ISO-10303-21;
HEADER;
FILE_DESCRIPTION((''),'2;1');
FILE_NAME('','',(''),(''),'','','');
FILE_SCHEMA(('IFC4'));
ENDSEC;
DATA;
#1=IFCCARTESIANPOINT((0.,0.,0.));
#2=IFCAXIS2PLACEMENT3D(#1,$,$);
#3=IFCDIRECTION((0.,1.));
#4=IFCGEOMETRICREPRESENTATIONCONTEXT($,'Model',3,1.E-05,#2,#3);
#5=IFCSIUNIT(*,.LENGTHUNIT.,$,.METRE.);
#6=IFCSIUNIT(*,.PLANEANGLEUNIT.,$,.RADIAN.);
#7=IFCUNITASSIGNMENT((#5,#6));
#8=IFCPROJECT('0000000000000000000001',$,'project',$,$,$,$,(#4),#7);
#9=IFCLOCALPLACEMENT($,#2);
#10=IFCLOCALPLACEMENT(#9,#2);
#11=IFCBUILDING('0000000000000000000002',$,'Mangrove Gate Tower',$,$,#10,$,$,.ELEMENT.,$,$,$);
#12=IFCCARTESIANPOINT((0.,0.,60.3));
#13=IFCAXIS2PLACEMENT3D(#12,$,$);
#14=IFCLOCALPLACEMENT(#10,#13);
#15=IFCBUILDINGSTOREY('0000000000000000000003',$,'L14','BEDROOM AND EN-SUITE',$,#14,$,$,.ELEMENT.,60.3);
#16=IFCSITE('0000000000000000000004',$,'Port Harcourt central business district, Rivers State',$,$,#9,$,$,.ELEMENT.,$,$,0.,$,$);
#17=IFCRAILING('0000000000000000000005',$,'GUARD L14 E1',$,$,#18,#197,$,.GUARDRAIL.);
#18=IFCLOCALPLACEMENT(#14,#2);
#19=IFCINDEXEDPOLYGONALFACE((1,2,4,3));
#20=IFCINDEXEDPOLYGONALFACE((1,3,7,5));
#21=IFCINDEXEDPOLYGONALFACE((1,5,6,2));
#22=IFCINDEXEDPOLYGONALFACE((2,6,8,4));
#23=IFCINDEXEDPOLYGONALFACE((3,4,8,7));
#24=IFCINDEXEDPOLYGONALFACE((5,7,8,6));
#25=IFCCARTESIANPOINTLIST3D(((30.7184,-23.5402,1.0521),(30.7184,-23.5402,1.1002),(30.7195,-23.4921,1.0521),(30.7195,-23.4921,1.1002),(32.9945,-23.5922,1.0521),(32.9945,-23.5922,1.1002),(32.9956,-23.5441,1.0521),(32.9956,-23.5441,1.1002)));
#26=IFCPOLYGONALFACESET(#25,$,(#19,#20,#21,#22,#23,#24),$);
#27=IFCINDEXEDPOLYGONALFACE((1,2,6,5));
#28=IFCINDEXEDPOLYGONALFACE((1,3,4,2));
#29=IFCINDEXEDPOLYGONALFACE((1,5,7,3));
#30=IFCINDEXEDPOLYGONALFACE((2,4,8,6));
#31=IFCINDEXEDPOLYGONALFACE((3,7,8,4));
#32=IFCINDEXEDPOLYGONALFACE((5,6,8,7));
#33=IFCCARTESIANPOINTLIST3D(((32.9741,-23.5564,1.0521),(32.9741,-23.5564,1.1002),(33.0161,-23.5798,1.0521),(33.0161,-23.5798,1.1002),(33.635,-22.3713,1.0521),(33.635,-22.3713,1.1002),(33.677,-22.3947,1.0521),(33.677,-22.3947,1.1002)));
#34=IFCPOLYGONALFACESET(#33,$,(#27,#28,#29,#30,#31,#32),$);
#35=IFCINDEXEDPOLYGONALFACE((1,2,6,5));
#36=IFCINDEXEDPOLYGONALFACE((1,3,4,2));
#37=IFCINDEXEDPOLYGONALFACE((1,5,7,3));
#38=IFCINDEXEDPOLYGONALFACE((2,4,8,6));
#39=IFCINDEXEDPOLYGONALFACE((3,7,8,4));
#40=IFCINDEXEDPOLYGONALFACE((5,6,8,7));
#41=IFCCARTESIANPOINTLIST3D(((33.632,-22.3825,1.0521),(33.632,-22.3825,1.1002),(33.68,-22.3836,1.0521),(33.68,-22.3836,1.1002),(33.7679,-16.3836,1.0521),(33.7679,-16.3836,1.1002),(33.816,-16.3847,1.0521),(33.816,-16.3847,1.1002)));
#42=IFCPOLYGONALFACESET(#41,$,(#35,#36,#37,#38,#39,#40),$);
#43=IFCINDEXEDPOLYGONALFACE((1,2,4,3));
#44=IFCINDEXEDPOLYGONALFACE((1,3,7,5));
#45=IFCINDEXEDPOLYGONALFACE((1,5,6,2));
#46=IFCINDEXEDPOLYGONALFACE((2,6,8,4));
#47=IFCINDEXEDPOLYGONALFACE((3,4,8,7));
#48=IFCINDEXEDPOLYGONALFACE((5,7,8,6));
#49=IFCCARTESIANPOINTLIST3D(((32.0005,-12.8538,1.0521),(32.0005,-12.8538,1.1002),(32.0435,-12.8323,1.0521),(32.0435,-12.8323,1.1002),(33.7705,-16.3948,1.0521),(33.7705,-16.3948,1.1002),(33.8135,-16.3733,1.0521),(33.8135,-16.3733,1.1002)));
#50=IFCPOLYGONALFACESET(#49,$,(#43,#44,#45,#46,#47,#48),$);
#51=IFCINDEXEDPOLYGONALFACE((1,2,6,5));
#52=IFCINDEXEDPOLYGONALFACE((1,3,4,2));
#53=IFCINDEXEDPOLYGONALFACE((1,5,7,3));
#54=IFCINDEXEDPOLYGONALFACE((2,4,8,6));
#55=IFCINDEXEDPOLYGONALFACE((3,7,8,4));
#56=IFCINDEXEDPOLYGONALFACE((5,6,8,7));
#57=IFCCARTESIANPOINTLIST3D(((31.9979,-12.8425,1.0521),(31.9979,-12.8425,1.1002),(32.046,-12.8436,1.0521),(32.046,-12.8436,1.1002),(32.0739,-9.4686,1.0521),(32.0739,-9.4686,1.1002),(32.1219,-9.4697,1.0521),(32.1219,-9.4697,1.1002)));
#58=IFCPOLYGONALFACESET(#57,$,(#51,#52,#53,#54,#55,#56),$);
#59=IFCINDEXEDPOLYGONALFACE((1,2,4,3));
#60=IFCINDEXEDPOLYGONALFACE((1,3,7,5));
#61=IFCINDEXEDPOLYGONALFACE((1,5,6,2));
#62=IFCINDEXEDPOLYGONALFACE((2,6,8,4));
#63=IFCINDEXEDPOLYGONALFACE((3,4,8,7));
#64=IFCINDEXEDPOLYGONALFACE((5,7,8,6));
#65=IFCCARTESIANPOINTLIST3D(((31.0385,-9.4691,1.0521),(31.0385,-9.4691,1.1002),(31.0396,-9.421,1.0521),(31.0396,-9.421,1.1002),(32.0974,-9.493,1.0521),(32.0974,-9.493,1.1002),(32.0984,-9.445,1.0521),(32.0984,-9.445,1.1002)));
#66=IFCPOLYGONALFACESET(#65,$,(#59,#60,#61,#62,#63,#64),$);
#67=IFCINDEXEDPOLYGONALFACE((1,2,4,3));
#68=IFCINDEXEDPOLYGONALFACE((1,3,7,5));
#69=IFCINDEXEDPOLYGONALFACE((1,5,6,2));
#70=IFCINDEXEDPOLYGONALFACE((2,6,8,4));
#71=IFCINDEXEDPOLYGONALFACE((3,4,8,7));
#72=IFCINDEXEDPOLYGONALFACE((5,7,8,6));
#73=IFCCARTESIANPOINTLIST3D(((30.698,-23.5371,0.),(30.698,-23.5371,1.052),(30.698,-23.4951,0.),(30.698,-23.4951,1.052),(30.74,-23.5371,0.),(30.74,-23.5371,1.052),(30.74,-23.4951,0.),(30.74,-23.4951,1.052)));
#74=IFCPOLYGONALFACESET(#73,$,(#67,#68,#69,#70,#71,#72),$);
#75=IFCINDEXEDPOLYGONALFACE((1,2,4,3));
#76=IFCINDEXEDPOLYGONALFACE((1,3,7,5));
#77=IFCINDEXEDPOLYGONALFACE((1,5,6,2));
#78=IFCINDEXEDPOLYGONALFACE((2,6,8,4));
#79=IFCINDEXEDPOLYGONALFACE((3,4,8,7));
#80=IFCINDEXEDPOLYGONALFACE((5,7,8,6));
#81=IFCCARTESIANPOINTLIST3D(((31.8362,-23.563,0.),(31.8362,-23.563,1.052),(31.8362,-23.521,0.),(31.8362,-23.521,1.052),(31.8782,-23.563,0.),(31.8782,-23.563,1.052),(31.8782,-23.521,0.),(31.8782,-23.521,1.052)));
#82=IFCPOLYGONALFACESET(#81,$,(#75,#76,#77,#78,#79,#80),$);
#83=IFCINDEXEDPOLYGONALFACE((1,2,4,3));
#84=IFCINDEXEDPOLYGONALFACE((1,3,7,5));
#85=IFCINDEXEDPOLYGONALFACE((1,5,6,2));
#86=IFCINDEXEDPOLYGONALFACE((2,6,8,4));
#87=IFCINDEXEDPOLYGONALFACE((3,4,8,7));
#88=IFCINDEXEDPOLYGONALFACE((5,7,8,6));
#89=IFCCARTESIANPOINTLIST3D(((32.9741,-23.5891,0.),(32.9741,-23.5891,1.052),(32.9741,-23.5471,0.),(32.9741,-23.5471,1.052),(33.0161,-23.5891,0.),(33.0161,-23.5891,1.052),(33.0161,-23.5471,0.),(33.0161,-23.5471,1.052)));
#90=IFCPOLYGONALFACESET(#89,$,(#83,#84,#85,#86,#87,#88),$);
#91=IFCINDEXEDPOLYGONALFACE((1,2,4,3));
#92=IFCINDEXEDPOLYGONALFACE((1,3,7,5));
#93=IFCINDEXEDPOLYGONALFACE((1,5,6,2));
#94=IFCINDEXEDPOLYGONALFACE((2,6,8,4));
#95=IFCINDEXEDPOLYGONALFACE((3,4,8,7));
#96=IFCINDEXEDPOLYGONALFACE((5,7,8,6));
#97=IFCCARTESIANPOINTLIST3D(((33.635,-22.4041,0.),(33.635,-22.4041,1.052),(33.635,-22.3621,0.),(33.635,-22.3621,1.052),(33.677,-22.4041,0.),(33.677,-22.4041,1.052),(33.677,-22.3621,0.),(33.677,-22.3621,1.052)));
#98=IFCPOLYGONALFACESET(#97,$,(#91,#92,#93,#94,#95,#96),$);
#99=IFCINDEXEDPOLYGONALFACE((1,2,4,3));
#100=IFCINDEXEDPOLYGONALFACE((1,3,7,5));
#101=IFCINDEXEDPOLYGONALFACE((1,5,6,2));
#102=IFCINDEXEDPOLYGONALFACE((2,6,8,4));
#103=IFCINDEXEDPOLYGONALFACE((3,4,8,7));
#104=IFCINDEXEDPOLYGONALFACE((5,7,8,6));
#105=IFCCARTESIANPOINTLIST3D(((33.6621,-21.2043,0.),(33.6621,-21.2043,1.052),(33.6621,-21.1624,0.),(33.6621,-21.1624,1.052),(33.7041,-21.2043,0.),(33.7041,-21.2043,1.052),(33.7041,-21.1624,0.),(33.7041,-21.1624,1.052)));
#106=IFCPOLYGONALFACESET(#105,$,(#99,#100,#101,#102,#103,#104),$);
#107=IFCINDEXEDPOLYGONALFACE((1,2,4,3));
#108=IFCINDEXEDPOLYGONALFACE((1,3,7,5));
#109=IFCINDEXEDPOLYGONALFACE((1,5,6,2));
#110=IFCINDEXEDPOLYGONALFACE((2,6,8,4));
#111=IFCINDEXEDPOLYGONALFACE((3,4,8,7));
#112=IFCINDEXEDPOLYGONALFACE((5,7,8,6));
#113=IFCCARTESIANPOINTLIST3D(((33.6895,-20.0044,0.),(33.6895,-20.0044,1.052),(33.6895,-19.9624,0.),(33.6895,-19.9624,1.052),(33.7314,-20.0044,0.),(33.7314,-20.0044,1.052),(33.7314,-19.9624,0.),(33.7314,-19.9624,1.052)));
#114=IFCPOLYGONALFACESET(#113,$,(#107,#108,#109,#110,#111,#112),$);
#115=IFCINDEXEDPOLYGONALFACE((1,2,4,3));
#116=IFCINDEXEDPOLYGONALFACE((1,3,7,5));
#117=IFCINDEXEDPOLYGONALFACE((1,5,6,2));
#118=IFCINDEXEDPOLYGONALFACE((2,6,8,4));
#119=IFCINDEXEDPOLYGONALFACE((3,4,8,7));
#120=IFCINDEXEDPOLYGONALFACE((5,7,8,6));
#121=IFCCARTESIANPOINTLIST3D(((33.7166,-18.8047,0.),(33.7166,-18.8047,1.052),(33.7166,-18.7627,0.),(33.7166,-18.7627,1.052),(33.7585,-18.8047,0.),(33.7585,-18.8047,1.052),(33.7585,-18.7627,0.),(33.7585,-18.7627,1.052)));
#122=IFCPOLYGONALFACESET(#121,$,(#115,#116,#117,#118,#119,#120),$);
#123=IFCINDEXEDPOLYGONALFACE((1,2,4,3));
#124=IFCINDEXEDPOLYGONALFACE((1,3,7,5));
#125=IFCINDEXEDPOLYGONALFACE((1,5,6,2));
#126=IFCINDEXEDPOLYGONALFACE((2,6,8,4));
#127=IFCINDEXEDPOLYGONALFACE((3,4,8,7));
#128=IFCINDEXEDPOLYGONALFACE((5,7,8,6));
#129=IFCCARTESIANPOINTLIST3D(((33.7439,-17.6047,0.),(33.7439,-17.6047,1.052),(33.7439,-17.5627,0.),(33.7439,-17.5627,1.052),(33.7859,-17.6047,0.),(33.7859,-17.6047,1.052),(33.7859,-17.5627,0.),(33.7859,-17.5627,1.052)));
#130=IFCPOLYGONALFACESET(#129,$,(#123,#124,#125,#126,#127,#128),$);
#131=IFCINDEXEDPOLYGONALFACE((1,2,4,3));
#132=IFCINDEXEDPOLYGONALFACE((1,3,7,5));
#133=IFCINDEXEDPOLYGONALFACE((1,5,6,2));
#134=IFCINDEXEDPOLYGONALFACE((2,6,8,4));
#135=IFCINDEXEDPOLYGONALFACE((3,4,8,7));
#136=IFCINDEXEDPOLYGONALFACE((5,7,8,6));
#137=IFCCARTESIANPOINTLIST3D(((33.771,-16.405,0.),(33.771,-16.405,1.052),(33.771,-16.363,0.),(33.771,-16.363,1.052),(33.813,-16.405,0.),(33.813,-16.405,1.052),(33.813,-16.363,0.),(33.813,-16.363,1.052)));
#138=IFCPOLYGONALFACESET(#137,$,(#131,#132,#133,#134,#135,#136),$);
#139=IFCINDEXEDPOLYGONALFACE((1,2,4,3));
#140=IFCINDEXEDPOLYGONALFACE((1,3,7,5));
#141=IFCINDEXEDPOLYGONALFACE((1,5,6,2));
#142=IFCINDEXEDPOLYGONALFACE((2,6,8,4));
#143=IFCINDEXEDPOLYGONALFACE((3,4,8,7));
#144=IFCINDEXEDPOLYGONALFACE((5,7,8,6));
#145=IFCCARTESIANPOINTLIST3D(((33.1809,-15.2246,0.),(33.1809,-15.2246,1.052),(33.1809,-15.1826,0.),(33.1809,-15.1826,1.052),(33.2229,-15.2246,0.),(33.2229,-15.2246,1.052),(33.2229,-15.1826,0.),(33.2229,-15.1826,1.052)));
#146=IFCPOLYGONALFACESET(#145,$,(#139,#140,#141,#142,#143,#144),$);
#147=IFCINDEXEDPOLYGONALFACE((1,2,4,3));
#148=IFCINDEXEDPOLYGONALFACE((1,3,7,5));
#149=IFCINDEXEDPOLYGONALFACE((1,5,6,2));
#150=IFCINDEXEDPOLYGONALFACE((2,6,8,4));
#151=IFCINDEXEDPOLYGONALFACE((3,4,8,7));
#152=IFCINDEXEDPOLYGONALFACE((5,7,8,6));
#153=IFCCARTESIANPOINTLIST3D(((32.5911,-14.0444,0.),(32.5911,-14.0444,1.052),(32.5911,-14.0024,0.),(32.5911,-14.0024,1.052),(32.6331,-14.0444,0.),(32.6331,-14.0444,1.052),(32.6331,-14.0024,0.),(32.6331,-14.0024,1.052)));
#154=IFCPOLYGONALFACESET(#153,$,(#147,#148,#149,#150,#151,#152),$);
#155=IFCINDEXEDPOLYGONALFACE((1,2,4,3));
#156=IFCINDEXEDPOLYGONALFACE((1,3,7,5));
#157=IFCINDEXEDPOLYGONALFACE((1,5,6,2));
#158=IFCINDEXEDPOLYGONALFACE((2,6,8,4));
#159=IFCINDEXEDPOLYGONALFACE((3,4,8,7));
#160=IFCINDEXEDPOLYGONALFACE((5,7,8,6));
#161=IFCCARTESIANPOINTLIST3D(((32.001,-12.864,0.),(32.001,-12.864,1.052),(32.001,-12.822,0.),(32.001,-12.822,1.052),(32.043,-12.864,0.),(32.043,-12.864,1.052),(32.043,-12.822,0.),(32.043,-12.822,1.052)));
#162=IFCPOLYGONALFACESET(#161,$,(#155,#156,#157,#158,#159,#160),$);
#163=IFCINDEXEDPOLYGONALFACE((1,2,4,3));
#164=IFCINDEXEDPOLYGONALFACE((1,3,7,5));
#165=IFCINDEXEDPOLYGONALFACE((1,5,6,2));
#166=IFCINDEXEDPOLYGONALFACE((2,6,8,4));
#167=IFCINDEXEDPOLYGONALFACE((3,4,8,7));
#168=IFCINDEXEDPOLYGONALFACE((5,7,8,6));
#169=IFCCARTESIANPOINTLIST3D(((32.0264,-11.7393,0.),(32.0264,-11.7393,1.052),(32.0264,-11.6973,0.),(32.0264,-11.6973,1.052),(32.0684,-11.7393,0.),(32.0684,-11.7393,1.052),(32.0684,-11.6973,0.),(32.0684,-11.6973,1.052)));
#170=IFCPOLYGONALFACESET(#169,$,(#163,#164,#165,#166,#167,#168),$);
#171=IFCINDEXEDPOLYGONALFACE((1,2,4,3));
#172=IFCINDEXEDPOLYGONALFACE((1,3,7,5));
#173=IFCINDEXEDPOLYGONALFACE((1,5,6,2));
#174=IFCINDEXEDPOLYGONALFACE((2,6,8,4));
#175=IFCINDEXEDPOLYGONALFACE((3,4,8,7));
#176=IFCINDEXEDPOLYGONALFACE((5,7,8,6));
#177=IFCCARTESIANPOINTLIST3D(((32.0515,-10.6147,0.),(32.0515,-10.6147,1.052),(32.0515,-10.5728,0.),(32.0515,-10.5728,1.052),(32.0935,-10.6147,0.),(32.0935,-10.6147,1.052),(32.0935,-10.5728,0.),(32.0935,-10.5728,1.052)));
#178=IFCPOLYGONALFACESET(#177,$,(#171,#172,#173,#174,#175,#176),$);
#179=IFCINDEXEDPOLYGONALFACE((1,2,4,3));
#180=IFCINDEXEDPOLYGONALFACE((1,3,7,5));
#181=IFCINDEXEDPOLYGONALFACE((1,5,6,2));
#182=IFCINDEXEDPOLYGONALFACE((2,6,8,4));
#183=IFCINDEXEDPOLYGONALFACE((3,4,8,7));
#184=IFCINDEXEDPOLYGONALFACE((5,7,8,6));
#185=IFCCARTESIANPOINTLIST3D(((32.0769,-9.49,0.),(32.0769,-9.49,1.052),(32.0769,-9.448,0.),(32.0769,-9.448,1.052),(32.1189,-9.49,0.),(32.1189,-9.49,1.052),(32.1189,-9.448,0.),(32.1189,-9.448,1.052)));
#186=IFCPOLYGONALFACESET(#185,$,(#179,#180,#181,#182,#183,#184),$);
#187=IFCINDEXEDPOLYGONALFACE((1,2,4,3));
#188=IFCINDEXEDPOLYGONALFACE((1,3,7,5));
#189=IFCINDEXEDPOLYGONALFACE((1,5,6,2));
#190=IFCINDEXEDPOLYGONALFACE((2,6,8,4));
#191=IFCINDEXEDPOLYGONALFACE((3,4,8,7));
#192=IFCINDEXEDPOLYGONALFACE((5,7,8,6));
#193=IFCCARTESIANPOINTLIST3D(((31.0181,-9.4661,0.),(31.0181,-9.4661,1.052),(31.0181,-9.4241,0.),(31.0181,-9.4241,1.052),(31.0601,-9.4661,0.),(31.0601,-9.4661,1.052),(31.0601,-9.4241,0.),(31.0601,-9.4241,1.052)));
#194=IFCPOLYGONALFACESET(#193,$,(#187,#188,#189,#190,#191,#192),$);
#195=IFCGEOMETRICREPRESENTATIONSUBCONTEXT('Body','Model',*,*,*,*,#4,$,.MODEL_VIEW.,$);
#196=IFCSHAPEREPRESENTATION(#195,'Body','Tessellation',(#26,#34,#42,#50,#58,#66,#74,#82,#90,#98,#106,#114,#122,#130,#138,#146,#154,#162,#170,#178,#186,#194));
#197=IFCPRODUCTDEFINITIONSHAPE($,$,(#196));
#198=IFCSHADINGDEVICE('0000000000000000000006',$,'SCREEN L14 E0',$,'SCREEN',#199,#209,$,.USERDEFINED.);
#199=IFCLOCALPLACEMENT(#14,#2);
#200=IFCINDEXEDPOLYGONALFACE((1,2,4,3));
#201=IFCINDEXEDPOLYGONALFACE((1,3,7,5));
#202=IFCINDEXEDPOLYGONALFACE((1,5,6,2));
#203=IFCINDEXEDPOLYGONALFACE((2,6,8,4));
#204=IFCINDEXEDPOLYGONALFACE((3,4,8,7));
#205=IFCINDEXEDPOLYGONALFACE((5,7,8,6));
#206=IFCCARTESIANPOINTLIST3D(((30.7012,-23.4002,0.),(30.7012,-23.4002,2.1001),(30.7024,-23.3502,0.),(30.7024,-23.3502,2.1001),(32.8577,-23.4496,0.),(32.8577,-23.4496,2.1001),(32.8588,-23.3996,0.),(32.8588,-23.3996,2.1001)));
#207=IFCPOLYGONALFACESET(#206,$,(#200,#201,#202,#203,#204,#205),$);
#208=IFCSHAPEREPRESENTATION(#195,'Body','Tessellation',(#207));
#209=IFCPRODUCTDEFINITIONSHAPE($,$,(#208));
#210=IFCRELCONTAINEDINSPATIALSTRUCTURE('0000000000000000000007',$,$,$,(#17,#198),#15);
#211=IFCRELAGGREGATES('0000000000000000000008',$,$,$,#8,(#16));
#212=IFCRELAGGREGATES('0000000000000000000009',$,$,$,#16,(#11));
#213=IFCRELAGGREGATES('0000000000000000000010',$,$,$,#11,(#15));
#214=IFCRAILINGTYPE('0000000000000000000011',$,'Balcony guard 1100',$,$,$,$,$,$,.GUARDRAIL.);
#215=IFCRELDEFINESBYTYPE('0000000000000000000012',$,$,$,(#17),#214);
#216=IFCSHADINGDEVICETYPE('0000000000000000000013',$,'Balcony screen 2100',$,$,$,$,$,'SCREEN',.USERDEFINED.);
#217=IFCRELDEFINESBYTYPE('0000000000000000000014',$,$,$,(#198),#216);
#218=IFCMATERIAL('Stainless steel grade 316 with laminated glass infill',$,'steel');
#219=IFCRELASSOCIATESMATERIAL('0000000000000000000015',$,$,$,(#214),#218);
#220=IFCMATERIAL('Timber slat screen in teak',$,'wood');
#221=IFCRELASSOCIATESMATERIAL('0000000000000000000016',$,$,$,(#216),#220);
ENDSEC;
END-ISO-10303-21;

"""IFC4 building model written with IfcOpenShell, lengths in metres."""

from ifc_helpers import new_model, si_unit, direction, frame, origin, origin_2d, place, context, subcontext, project, spatial, rectangle, extrude, material, type_object, element, save


model = new_model("IFC4")

# Units and contexts
model_context = context("Model", 3, precision=1e-05, world=origin(), true_north=direction((0.0, 1.0)))
body_context = subcontext(model_context, "Body", "Model", "MODEL_VIEW")
ifc_project = project(units=[si_unit("LENGTHUNIT", "METRE"), si_unit("PLANEANGLEUNIT", "RADIAN")], contexts=[model_context])

# Site, building, storey
site_placement = place(None, origin())
site = spatial("IfcSite", under=ifc_project, at=site_placement, Name="Port Harcourt central business district, Rivers State", CompositionType="ELEMENT", RefElevation=0.0)
building_placement = place(site_placement, origin())
building = spatial("IfcBuilding", under=site, at=building_placement, Name="Mangrove Gate Tower", CompositionType="ELEMENT")
storey_placement = place(building_placement, frame((0.0, 0.0, 60.3)))
storey = spatial("IfcBuildingStorey", under=building, at=storey_placement, Name="L14", Description="BEDROOM AND EN-SUITE", CompositionType="ELEMENT", Elevation=60.3)

# Railing
ifc_material_1 = material(Name="Stainless steel grade 316 with laminated glass infill", Category="steel")
railing_type = type_object("IfcRailingType", Name="Balcony guard 1100", PredefinedType="GUARDRAIL", material=ifc_material_1)
railing_placement = place(storey_placement, frame((30.719, -23.5161, 0.0)))
element("IfcRailing", 1, at=railing_placement, inside=storey, type_object=railing_type, Name="GUARD L14 E1", PredefinedType="GUARDRAIL", context=body_context, shape_type="SweptSolid", body=[
    extrude(rectangle(XDim=0.0481, YDim=0.0481, at=origin_2d()), frame((0.0, 0.0, 1.0762), z_axis=(0.999739, -0.022841, 0.0), x_axis=(0.022841, 0.999739, 0.0)), (0.0, 0.0, 1.0), 2.2766),
    extrude(rectangle(XDim=0.0481, YDim=0.0481, at=origin_2d()), frame((2.2761, -0.052, 1.0762), z_axis=(0.487063, 0.873367, 0.0), x_axis=(-0.873367, 0.487063, 0.0)), (0.0, 0.0, 1.0), 1.3569),
    extrude(rectangle(XDim=0.0481, YDim=0.0481, at=origin_2d()), frame((2.937, 1.1331, 1.0762), z_axis=(0.022662, 0.999743, 0.0), x_axis=(-0.999743, 0.022662, 0.0)), (0.0, 0.0, 1.0), 6.0005),
    extrude(rectangle(XDim=0.0481, YDim=0.0481, at=origin_2d()), frame((3.073, 7.1321, 1.0762), z_axis=(-0.447115, 0.894477, 0.0), x_axis=(-0.894477, -0.447115, 0.0)), (0.0, 0.0, 1.0), 3.9587),
    extrude(rectangle(XDim=0.0481, YDim=0.0481, at=origin_2d()), frame((1.303, 10.6731, 1.0762), z_axis=(0.022498, 0.999747, 0.0), x_axis=(-0.999747, 0.022498, 0.0)), (0.0, 0.0, 1.0), 3.3748),
    extrude(rectangle(XDim=0.0481, YDim=0.0481, at=origin_2d()), frame((1.3789, 14.0471, 1.0762), z_axis=(-0.999745, 0.02259, 0.0), x_axis=(-0.02259, -0.999745, 0.0)), (0.0, 0.0, 1.0), 1.0591),
    extrude(rectangle(XDim=0.042, YDim=0.042, at=origin_2d()), origin(), (0.0, 0.0, 1.0), 1.052),
    extrude(rectangle(XDim=0.042, YDim=0.042, at=origin_2d()), frame((1.1382, -0.0259, 0.0)), (0.0, 0.0, 1.0), 1.052),
    extrude(rectangle(XDim=0.042, YDim=0.042, at=origin_2d()), frame((2.2761, -0.052, 0.0)), (0.0, 0.0, 1.0), 1.052),
    extrude(rectangle(XDim=0.042, YDim=0.042, at=origin_2d()), frame((2.937, 1.1331, 0.0)), (0.0, 0.0, 1.0), 1.052),
    extrude(rectangle(XDim=0.042, YDim=0.042, at=origin_2d()), frame((2.9641, 2.3328, 0.0)), (0.0, 0.0, 1.0), 1.052),
    extrude(rectangle(XDim=0.042, YDim=0.042, at=origin_2d()), frame((2.9915, 3.5327, 0.0)), (0.0, 0.0, 1.0), 1.052),
    extrude(rectangle(XDim=0.042, YDim=0.042, at=origin_2d()), frame((3.0186, 4.7324, 0.0)), (0.0, 0.0, 1.0), 1.052),
    extrude(rectangle(XDim=0.042, YDim=0.042, at=origin_2d()), frame((3.0459, 5.9324, 0.0)), (0.0, 0.0, 1.0), 1.052),
    extrude(rectangle(XDim=0.042, YDim=0.042, at=origin_2d()), frame((3.073, 7.1321, 0.0)), (0.0, 0.0, 1.0), 1.052),
    extrude(rectangle(XDim=0.042, YDim=0.042, at=origin_2d()), frame((2.4829, 8.3125, 0.0)), (0.0, 0.0, 1.0), 1.052),
    extrude(rectangle(XDim=0.042, YDim=0.042, at=origin_2d()), frame((1.8931, 9.4927, 0.0)), (0.0, 0.0, 1.0), 1.052),
    extrude(rectangle(XDim=0.042, YDim=0.042, at=origin_2d()), frame((1.303, 10.6731, 0.0)), (0.0, 0.0, 1.0), 1.052),
    extrude(rectangle(XDim=0.042, YDim=0.042, at=origin_2d()), frame((1.3284, 11.7979, 0.0)), (0.0, 0.0, 1.0), 1.052),
    extrude(rectangle(XDim=0.042, YDim=0.042, at=origin_2d()), frame((1.3535, 12.9224, 0.0)), (0.0, 0.0, 1.0), 1.052),
    extrude(rectangle(XDim=0.042, YDim=0.042, at=origin_2d()), frame((1.3789, 14.0471, 0.0)), (0.0, 0.0, 1.0), 1.052),
    extrude(rectangle(XDim=0.042, YDim=0.042, at=origin_2d()), frame((0.3201, 14.071, 0.0)), (0.0, 0.0, 1.0), 1.052),
])

# Shading device
ifc_material_2 = material(Name="Timber slat screen in teak", Category="wood")
shading_device_type = type_object("IfcShadingDeviceType", Name="Balcony screen 2100", ElementType="SCREEN", PredefinedType="USERDEFINED", material=ifc_material_2)
shading_device_placement = place(storey_placement, frame((31.78, -23.3999, 0.0), z_axis=(0.0, 0.0, 1.0), x_axis=(0.999737, -0.022914, 0.0)))
element("IfcShadingDevice", 2, at=shading_device_placement, inside=storey, type_object=shading_device_type, Name="SCREEN L14 E0", ObjectType="SCREEN", PredefinedType="USERDEFINED", context=body_context, shape_type="SweptSolid", body=[
    extrude(rectangle(XDim=2.157, YDim=0.05, at=origin_2d()), origin(), (0.0, 0.0, 1.0), 2.1001),
])

save(model, "model.ifc")
